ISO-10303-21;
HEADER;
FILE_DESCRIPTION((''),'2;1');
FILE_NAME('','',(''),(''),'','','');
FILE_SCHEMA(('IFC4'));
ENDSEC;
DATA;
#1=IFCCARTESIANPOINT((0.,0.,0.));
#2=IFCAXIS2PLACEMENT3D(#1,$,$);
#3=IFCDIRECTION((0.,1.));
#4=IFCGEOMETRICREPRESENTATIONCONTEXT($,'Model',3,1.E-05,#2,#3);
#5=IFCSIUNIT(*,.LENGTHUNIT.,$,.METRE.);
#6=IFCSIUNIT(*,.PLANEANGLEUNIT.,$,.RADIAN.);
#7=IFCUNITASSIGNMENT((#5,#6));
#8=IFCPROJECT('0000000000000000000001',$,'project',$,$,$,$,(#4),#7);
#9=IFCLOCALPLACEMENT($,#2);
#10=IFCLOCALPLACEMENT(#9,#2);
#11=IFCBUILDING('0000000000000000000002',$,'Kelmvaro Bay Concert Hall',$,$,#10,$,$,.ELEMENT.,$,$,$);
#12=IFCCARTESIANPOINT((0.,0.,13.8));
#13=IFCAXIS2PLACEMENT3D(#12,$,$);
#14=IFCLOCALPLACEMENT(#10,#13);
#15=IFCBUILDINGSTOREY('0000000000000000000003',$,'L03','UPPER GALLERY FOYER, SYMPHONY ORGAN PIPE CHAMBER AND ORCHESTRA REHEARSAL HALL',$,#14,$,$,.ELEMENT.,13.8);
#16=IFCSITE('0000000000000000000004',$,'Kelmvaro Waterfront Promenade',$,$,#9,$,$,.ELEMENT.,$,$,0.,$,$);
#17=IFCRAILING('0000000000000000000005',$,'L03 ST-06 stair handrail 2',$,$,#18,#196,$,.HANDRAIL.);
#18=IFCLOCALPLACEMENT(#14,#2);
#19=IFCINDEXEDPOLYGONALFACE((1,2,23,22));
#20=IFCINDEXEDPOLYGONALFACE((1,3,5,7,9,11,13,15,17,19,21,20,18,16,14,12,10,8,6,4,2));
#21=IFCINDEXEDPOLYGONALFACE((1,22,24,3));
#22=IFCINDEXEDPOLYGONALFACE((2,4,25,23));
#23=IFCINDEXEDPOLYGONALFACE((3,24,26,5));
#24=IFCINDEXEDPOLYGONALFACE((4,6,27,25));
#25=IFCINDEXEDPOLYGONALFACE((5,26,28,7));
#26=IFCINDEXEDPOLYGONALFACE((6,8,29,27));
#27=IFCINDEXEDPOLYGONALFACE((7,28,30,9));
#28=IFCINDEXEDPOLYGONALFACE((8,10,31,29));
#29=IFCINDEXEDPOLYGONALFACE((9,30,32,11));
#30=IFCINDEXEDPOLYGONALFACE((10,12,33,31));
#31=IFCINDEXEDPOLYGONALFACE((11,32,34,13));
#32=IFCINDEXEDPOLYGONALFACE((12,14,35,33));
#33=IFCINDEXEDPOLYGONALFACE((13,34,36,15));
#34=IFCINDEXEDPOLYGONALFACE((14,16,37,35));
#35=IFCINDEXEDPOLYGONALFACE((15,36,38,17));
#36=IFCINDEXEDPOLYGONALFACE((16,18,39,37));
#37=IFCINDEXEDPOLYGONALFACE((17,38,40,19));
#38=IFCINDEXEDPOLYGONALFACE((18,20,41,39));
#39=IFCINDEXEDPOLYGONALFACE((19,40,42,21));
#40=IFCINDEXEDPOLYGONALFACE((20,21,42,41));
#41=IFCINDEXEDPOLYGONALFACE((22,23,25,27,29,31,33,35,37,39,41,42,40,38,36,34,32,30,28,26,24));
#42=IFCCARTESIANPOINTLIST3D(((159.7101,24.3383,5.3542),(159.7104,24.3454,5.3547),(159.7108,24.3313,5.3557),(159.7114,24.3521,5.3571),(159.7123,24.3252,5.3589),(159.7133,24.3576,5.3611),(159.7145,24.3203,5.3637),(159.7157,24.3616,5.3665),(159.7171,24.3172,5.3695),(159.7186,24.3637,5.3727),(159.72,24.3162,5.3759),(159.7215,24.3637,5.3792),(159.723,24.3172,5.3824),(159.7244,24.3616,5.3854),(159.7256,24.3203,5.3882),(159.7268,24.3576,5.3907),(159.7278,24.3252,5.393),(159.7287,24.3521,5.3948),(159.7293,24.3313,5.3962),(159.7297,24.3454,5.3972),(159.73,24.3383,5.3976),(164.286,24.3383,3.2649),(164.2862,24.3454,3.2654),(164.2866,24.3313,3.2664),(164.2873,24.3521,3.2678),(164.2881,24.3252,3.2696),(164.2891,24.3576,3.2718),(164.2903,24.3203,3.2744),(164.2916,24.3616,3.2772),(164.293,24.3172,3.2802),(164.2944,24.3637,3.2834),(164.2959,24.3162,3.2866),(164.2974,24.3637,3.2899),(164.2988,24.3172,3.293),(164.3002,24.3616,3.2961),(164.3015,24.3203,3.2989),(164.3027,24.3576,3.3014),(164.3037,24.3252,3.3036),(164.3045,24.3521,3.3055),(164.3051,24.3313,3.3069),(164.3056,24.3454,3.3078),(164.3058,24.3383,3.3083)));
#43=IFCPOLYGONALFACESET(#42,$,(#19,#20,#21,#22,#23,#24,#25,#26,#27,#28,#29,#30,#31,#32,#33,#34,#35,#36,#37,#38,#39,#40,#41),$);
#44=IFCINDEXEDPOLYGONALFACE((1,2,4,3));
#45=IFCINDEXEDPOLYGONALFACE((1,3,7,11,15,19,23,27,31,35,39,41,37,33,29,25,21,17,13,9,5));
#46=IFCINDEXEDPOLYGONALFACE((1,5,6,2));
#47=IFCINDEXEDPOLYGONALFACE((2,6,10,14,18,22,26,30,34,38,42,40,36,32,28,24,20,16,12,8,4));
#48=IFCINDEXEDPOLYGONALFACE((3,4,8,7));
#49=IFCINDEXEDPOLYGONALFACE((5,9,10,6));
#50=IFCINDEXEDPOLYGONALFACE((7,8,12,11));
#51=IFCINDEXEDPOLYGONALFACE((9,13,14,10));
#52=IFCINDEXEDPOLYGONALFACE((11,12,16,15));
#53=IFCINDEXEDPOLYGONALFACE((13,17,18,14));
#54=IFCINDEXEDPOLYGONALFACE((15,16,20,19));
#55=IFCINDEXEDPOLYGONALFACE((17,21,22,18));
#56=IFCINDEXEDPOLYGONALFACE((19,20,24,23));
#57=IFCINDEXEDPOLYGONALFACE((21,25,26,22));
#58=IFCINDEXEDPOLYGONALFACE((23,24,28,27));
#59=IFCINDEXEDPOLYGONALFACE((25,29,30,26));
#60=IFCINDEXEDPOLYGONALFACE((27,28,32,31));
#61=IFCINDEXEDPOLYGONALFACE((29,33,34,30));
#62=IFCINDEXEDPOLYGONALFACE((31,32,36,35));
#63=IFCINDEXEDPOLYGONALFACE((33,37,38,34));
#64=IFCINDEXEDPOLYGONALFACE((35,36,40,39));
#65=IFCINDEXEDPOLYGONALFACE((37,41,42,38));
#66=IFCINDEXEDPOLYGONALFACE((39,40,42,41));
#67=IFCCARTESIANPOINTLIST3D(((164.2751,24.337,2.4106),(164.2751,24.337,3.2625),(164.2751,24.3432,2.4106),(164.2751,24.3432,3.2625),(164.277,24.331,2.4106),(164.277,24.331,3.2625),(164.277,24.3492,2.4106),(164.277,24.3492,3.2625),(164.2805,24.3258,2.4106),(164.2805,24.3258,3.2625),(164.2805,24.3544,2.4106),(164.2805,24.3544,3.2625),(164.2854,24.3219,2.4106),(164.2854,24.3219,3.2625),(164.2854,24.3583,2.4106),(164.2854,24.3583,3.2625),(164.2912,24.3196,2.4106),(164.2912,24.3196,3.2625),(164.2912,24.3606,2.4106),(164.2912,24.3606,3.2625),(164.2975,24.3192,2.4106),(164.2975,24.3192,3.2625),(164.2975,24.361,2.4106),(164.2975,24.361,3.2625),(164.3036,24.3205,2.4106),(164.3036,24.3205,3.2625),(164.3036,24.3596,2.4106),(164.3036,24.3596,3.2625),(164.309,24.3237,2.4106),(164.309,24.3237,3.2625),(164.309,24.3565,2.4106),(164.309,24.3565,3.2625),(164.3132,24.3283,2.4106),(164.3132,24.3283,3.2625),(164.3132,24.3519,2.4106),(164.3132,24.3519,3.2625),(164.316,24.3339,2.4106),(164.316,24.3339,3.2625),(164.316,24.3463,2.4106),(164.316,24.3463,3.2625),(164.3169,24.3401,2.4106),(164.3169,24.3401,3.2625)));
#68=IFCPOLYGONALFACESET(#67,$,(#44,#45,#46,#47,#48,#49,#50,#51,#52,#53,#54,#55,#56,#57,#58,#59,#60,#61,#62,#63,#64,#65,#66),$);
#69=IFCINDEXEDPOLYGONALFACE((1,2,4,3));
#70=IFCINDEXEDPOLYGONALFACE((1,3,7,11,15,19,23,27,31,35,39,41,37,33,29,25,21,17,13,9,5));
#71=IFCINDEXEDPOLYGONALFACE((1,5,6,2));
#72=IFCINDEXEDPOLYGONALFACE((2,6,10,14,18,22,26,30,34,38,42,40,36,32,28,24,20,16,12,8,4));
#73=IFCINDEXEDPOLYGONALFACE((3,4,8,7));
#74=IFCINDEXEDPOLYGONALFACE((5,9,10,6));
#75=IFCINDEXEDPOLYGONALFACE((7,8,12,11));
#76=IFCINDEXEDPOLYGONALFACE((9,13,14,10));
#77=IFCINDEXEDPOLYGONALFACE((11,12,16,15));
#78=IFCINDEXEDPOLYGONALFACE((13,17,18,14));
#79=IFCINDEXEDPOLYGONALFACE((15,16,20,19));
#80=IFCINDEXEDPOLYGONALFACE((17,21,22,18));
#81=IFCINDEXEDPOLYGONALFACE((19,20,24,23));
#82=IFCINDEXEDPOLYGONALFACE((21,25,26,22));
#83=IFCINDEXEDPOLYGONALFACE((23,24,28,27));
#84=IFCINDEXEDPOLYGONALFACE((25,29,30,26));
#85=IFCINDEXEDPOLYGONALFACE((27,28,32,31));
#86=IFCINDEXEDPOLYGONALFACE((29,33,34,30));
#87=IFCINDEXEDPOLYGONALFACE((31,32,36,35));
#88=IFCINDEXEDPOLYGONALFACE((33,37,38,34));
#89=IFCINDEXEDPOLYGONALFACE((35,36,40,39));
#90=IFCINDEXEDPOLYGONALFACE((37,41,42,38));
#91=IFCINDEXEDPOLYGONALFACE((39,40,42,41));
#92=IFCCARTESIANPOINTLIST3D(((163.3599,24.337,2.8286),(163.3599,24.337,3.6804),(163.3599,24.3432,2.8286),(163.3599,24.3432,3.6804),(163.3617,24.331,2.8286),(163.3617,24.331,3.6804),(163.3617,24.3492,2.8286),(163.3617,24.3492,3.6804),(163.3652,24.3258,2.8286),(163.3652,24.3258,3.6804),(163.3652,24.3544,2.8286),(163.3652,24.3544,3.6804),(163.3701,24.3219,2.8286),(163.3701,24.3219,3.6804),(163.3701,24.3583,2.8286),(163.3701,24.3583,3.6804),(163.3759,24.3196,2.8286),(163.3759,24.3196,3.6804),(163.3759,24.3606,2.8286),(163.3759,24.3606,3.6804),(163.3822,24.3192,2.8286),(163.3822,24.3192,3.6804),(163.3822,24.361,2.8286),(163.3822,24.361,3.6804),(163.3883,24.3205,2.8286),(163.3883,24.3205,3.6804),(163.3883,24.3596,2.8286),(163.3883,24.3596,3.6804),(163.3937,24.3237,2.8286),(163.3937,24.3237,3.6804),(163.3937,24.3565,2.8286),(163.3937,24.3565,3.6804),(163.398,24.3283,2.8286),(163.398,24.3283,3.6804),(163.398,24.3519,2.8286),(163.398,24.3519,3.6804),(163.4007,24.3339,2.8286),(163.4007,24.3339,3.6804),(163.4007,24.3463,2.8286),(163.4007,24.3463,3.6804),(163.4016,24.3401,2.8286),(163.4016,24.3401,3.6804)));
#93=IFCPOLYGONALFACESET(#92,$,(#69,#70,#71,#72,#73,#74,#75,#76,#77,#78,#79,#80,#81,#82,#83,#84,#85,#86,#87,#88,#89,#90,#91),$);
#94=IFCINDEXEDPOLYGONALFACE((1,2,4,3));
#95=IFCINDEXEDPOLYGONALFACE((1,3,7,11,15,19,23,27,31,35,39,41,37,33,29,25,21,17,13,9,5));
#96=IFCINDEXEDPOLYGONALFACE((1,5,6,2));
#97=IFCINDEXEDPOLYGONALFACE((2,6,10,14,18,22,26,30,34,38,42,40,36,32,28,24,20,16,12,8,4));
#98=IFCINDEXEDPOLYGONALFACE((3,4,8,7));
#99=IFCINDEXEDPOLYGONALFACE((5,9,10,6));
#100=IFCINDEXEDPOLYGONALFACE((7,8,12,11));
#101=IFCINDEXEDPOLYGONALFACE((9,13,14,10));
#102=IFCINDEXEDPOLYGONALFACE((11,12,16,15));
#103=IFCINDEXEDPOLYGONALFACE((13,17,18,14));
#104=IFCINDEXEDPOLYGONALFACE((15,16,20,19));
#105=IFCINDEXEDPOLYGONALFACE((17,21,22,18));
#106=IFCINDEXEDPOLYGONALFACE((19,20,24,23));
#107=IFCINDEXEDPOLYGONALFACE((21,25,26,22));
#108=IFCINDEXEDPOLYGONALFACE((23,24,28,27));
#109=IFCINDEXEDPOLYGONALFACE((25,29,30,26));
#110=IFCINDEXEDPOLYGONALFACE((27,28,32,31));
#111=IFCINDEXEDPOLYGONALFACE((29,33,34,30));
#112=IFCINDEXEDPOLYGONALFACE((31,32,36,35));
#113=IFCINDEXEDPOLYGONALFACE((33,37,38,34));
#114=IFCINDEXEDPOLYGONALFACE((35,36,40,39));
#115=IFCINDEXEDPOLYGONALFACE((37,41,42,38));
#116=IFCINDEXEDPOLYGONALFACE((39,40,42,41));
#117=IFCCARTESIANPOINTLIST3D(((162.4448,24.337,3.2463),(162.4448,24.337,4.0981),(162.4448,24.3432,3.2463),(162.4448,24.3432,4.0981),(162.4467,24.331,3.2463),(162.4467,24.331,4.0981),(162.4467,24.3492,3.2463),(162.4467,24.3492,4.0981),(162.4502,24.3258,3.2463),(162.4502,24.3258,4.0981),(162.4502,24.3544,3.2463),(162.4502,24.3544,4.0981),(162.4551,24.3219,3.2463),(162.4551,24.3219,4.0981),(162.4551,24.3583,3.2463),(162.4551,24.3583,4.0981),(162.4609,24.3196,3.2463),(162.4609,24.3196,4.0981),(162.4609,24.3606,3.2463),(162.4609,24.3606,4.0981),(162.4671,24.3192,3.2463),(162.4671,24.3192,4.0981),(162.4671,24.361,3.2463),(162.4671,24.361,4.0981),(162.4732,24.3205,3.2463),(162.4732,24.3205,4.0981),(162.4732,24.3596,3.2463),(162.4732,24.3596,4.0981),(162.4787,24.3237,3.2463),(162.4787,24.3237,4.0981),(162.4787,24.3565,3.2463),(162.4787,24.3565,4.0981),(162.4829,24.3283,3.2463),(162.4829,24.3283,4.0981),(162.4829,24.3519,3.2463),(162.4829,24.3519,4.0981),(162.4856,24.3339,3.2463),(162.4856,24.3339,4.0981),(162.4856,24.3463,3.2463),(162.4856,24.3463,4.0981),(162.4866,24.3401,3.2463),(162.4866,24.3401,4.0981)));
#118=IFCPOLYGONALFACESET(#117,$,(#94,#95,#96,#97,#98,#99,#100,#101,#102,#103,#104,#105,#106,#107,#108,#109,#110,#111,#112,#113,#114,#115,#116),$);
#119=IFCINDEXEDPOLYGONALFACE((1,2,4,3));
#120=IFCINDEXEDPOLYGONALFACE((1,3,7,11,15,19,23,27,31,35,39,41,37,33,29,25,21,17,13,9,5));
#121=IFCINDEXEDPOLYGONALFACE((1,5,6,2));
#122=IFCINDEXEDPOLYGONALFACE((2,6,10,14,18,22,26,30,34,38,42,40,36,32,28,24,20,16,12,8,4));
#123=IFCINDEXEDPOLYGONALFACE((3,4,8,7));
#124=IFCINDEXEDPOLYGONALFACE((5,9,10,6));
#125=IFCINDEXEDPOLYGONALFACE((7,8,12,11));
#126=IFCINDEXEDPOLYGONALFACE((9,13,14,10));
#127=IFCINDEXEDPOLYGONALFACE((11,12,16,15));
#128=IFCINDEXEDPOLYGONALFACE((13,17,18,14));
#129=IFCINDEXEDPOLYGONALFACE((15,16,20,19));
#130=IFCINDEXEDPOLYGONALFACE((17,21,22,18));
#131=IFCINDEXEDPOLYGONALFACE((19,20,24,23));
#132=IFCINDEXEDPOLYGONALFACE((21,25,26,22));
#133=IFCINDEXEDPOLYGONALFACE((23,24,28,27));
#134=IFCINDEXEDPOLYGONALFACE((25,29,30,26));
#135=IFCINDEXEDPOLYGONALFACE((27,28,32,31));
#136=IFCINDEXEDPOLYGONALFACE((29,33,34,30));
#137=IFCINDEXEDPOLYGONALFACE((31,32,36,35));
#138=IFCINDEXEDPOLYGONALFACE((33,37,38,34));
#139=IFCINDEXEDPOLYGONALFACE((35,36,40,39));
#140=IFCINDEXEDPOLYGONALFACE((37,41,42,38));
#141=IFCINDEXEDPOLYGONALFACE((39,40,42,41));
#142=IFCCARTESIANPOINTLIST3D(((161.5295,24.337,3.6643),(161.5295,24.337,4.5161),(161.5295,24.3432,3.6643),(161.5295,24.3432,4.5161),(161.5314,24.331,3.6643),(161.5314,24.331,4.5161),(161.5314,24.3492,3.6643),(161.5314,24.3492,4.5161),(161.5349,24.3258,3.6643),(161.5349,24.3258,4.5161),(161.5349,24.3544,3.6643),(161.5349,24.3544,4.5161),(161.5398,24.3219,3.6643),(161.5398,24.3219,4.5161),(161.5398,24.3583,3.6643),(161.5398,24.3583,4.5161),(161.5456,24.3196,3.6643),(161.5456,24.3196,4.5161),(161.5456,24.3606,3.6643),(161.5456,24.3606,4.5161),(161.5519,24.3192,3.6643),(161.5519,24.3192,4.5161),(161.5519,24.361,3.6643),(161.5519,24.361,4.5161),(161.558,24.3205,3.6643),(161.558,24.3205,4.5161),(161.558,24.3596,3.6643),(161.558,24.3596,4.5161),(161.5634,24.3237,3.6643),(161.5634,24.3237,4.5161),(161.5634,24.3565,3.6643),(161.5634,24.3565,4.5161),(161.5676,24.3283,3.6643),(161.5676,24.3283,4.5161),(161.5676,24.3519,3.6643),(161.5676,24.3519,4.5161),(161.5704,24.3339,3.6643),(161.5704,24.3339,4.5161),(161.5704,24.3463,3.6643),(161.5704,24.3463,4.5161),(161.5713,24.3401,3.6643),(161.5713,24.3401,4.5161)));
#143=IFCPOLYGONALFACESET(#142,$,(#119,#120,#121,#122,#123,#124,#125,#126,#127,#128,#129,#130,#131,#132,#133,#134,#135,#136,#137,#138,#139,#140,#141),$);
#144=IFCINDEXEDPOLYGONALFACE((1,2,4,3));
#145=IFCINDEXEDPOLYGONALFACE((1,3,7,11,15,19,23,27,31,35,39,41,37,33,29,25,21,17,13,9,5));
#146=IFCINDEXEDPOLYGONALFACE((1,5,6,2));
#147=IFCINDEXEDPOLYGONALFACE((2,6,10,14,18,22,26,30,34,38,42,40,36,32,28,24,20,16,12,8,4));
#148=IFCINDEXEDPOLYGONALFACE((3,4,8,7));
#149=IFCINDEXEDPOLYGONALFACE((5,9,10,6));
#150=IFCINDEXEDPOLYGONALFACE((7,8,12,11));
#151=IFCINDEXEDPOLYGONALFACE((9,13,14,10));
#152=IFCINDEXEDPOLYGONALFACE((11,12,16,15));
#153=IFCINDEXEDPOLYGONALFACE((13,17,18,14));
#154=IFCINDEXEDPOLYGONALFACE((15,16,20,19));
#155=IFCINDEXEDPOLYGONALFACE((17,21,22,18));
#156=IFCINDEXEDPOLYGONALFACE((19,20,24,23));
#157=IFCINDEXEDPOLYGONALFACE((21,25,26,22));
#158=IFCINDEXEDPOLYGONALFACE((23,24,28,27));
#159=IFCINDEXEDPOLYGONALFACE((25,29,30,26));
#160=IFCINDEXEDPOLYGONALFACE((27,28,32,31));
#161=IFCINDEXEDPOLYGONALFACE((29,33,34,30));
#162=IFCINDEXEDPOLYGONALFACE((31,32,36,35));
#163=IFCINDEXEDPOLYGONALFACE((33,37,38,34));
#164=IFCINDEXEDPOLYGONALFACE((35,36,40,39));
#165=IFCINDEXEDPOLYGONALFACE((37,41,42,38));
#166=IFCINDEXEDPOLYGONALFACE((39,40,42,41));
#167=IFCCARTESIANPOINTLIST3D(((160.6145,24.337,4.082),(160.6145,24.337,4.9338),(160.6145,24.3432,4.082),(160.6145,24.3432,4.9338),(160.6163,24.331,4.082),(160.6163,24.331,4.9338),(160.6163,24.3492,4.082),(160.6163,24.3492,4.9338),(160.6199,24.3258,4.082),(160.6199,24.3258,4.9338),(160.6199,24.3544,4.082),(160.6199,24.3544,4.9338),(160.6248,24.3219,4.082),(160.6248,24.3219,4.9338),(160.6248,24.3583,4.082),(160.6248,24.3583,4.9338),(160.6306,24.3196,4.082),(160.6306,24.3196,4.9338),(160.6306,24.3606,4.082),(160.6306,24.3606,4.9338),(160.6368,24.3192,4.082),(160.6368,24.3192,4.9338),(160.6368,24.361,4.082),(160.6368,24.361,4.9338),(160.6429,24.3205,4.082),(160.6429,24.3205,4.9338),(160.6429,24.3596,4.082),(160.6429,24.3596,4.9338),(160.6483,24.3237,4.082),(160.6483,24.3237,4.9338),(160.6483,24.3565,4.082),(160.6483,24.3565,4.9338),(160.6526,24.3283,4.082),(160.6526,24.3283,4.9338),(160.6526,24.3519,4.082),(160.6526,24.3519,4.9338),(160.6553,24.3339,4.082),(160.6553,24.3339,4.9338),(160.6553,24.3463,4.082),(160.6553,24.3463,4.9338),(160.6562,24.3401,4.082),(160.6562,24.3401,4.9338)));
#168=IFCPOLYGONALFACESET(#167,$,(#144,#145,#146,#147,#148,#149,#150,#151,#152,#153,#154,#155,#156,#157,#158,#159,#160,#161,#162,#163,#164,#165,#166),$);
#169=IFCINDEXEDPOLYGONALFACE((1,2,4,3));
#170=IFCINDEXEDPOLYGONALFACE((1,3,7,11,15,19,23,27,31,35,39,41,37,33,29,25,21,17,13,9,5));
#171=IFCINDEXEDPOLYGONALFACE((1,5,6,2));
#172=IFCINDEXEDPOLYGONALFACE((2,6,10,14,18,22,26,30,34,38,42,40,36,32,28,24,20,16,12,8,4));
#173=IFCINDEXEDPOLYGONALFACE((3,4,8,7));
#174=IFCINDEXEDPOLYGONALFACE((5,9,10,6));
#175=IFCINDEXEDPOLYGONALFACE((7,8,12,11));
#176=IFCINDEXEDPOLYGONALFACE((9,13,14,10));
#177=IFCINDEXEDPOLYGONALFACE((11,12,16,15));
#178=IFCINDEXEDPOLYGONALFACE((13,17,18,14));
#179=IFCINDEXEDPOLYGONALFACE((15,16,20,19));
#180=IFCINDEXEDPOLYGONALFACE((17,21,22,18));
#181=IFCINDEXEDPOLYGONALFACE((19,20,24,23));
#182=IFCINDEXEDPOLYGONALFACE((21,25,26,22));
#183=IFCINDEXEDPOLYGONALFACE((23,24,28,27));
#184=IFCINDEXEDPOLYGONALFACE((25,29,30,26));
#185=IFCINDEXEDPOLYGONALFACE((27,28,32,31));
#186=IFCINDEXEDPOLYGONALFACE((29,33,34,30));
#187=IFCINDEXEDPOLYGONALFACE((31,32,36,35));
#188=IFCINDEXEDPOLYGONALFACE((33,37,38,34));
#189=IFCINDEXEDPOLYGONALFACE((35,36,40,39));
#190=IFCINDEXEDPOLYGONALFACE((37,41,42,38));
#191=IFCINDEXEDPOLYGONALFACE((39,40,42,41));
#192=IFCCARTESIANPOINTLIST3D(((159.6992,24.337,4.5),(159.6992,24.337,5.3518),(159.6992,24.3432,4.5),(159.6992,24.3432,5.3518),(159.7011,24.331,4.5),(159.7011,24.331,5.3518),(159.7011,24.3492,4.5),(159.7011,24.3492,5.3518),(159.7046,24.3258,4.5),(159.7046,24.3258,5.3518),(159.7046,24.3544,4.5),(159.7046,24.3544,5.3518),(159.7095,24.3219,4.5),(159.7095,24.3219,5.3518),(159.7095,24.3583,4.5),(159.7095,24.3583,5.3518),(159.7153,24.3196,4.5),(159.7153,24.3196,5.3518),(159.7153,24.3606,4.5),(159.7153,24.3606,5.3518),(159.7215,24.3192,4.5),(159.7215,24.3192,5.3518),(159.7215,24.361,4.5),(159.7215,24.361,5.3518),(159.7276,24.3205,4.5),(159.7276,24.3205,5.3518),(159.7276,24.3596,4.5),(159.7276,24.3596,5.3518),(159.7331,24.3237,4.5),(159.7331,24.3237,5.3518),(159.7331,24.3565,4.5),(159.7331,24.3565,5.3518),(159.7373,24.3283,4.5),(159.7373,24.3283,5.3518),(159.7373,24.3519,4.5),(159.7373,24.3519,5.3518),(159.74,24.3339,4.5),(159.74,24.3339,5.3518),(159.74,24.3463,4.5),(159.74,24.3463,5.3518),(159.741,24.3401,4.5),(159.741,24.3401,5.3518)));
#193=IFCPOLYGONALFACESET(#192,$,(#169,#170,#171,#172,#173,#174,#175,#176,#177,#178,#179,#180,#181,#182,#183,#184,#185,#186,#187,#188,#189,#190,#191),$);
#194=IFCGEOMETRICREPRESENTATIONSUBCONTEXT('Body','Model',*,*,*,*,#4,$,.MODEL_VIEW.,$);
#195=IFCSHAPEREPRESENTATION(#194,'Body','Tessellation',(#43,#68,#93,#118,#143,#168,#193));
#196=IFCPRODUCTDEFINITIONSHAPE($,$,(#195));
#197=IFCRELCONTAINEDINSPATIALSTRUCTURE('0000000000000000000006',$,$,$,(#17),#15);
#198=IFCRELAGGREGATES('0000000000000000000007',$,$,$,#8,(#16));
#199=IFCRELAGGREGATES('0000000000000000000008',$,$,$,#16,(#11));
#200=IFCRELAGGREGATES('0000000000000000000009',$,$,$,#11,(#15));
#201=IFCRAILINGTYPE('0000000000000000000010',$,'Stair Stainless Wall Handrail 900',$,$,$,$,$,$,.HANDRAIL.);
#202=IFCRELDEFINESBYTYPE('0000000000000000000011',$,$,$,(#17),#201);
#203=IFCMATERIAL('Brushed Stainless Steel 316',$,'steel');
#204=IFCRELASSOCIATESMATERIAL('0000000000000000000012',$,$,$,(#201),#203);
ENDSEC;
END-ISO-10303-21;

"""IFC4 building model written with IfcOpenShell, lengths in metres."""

from ifc_helpers import new_model, si_unit, direction, frame, origin, origin_2d, place, context, subcontext, project, spatial, circle, extrude, material, type_object, element, save


model = new_model("IFC4")

# Units and contexts
model_context = context("Model", 3, precision=1e-05, world=origin(), true_north=direction((0.0, 1.0)))
body_context = subcontext(model_context, "Body", "Model", "MODEL_VIEW")
ifc_project = project(units=[si_unit("LENGTHUNIT", "METRE"), si_unit("PLANEANGLEUNIT", "RADIAN")], contexts=[model_context])

# Site, building, storey
site_placement = place(None, origin())
site = spatial("IfcSite", under=ifc_project, at=site_placement, Name="Kelmvaro Waterfront Promenade", CompositionType="ELEMENT", RefElevation=0.0)
building_placement = place(site_placement, origin())
building = spatial("IfcBuilding", under=site, at=building_placement, Name="Kelmvaro Bay Concert Hall", CompositionType="ELEMENT")
storey_placement = place(building_placement, frame((0.0, 0.0, 13.8)))
storey = spatial("IfcBuildingStorey", under=building, at=storey_placement, Name="L03", Description="UPPER GALLERY FOYER, SYMPHONY ORGAN PIPE CHAMBER AND ORCHESTRA REHEARSAL HALL", CompositionType="ELEMENT", Elevation=13.8)

# Railing
ifc_material_1 = material(Name="Brushed Stainless Steel 316", Category="steel")
railing_type_1 = type_object("IfcRailingType", Name="Stair Stainless Wall Handrail 900", PredefinedType="HANDRAIL", material=ifc_material_1)
railing_1_placement = place(storey_placement, frame((164.2959, 24.3401, 2.4106)))
element("IfcRailing", 1, at=railing_1_placement, inside=storey, type_object=railing_type_1, Name="L03 ST-06 stair handrail 2", PredefinedType="HANDRAIL", context=body_context, shape_type="SweptSolid", body=[
    extrude(circle(Radius=0.0239, at=origin_2d()), frame((0.0, 0.0, 0.876), z_axis=(-0.909662, 0.0, 0.415349), x_axis=(0.0, -1.0, 0.0)), (0.0, 0.0, 1.0), 5.0303),
    extrude(circle(Radius=0.021, at=origin_2d()), origin(), (0.0, 0.0, 1.0), 0.8518),
    extrude(circle(Radius=0.021, at=origin_2d()), frame((-0.9153, 0.0, 0.418)), (0.0, 0.0, 1.0), 0.8518),
    extrude(circle(Radius=0.021, at=origin_2d()), frame((-1.8303, 0.0, 0.8357)), (0.0, 0.0, 1.0), 0.8518),
    extrude(circle(Radius=0.021, at=origin_2d()), frame((-2.7456, 0.0, 1.2537)), (0.0, 0.0, 1.0), 0.8518),
    extrude(circle(Radius=0.021, at=origin_2d()), frame((-3.6606, 0.0, 1.6714)), (0.0, 0.0, 1.0), 0.8518),
    extrude(circle(Radius=0.021, at=origin_2d()), frame((-4.5759, 0.0, 2.0894)), (0.0, 0.0, 1.0), 0.8518),
])

save(model, "model.ifc")
